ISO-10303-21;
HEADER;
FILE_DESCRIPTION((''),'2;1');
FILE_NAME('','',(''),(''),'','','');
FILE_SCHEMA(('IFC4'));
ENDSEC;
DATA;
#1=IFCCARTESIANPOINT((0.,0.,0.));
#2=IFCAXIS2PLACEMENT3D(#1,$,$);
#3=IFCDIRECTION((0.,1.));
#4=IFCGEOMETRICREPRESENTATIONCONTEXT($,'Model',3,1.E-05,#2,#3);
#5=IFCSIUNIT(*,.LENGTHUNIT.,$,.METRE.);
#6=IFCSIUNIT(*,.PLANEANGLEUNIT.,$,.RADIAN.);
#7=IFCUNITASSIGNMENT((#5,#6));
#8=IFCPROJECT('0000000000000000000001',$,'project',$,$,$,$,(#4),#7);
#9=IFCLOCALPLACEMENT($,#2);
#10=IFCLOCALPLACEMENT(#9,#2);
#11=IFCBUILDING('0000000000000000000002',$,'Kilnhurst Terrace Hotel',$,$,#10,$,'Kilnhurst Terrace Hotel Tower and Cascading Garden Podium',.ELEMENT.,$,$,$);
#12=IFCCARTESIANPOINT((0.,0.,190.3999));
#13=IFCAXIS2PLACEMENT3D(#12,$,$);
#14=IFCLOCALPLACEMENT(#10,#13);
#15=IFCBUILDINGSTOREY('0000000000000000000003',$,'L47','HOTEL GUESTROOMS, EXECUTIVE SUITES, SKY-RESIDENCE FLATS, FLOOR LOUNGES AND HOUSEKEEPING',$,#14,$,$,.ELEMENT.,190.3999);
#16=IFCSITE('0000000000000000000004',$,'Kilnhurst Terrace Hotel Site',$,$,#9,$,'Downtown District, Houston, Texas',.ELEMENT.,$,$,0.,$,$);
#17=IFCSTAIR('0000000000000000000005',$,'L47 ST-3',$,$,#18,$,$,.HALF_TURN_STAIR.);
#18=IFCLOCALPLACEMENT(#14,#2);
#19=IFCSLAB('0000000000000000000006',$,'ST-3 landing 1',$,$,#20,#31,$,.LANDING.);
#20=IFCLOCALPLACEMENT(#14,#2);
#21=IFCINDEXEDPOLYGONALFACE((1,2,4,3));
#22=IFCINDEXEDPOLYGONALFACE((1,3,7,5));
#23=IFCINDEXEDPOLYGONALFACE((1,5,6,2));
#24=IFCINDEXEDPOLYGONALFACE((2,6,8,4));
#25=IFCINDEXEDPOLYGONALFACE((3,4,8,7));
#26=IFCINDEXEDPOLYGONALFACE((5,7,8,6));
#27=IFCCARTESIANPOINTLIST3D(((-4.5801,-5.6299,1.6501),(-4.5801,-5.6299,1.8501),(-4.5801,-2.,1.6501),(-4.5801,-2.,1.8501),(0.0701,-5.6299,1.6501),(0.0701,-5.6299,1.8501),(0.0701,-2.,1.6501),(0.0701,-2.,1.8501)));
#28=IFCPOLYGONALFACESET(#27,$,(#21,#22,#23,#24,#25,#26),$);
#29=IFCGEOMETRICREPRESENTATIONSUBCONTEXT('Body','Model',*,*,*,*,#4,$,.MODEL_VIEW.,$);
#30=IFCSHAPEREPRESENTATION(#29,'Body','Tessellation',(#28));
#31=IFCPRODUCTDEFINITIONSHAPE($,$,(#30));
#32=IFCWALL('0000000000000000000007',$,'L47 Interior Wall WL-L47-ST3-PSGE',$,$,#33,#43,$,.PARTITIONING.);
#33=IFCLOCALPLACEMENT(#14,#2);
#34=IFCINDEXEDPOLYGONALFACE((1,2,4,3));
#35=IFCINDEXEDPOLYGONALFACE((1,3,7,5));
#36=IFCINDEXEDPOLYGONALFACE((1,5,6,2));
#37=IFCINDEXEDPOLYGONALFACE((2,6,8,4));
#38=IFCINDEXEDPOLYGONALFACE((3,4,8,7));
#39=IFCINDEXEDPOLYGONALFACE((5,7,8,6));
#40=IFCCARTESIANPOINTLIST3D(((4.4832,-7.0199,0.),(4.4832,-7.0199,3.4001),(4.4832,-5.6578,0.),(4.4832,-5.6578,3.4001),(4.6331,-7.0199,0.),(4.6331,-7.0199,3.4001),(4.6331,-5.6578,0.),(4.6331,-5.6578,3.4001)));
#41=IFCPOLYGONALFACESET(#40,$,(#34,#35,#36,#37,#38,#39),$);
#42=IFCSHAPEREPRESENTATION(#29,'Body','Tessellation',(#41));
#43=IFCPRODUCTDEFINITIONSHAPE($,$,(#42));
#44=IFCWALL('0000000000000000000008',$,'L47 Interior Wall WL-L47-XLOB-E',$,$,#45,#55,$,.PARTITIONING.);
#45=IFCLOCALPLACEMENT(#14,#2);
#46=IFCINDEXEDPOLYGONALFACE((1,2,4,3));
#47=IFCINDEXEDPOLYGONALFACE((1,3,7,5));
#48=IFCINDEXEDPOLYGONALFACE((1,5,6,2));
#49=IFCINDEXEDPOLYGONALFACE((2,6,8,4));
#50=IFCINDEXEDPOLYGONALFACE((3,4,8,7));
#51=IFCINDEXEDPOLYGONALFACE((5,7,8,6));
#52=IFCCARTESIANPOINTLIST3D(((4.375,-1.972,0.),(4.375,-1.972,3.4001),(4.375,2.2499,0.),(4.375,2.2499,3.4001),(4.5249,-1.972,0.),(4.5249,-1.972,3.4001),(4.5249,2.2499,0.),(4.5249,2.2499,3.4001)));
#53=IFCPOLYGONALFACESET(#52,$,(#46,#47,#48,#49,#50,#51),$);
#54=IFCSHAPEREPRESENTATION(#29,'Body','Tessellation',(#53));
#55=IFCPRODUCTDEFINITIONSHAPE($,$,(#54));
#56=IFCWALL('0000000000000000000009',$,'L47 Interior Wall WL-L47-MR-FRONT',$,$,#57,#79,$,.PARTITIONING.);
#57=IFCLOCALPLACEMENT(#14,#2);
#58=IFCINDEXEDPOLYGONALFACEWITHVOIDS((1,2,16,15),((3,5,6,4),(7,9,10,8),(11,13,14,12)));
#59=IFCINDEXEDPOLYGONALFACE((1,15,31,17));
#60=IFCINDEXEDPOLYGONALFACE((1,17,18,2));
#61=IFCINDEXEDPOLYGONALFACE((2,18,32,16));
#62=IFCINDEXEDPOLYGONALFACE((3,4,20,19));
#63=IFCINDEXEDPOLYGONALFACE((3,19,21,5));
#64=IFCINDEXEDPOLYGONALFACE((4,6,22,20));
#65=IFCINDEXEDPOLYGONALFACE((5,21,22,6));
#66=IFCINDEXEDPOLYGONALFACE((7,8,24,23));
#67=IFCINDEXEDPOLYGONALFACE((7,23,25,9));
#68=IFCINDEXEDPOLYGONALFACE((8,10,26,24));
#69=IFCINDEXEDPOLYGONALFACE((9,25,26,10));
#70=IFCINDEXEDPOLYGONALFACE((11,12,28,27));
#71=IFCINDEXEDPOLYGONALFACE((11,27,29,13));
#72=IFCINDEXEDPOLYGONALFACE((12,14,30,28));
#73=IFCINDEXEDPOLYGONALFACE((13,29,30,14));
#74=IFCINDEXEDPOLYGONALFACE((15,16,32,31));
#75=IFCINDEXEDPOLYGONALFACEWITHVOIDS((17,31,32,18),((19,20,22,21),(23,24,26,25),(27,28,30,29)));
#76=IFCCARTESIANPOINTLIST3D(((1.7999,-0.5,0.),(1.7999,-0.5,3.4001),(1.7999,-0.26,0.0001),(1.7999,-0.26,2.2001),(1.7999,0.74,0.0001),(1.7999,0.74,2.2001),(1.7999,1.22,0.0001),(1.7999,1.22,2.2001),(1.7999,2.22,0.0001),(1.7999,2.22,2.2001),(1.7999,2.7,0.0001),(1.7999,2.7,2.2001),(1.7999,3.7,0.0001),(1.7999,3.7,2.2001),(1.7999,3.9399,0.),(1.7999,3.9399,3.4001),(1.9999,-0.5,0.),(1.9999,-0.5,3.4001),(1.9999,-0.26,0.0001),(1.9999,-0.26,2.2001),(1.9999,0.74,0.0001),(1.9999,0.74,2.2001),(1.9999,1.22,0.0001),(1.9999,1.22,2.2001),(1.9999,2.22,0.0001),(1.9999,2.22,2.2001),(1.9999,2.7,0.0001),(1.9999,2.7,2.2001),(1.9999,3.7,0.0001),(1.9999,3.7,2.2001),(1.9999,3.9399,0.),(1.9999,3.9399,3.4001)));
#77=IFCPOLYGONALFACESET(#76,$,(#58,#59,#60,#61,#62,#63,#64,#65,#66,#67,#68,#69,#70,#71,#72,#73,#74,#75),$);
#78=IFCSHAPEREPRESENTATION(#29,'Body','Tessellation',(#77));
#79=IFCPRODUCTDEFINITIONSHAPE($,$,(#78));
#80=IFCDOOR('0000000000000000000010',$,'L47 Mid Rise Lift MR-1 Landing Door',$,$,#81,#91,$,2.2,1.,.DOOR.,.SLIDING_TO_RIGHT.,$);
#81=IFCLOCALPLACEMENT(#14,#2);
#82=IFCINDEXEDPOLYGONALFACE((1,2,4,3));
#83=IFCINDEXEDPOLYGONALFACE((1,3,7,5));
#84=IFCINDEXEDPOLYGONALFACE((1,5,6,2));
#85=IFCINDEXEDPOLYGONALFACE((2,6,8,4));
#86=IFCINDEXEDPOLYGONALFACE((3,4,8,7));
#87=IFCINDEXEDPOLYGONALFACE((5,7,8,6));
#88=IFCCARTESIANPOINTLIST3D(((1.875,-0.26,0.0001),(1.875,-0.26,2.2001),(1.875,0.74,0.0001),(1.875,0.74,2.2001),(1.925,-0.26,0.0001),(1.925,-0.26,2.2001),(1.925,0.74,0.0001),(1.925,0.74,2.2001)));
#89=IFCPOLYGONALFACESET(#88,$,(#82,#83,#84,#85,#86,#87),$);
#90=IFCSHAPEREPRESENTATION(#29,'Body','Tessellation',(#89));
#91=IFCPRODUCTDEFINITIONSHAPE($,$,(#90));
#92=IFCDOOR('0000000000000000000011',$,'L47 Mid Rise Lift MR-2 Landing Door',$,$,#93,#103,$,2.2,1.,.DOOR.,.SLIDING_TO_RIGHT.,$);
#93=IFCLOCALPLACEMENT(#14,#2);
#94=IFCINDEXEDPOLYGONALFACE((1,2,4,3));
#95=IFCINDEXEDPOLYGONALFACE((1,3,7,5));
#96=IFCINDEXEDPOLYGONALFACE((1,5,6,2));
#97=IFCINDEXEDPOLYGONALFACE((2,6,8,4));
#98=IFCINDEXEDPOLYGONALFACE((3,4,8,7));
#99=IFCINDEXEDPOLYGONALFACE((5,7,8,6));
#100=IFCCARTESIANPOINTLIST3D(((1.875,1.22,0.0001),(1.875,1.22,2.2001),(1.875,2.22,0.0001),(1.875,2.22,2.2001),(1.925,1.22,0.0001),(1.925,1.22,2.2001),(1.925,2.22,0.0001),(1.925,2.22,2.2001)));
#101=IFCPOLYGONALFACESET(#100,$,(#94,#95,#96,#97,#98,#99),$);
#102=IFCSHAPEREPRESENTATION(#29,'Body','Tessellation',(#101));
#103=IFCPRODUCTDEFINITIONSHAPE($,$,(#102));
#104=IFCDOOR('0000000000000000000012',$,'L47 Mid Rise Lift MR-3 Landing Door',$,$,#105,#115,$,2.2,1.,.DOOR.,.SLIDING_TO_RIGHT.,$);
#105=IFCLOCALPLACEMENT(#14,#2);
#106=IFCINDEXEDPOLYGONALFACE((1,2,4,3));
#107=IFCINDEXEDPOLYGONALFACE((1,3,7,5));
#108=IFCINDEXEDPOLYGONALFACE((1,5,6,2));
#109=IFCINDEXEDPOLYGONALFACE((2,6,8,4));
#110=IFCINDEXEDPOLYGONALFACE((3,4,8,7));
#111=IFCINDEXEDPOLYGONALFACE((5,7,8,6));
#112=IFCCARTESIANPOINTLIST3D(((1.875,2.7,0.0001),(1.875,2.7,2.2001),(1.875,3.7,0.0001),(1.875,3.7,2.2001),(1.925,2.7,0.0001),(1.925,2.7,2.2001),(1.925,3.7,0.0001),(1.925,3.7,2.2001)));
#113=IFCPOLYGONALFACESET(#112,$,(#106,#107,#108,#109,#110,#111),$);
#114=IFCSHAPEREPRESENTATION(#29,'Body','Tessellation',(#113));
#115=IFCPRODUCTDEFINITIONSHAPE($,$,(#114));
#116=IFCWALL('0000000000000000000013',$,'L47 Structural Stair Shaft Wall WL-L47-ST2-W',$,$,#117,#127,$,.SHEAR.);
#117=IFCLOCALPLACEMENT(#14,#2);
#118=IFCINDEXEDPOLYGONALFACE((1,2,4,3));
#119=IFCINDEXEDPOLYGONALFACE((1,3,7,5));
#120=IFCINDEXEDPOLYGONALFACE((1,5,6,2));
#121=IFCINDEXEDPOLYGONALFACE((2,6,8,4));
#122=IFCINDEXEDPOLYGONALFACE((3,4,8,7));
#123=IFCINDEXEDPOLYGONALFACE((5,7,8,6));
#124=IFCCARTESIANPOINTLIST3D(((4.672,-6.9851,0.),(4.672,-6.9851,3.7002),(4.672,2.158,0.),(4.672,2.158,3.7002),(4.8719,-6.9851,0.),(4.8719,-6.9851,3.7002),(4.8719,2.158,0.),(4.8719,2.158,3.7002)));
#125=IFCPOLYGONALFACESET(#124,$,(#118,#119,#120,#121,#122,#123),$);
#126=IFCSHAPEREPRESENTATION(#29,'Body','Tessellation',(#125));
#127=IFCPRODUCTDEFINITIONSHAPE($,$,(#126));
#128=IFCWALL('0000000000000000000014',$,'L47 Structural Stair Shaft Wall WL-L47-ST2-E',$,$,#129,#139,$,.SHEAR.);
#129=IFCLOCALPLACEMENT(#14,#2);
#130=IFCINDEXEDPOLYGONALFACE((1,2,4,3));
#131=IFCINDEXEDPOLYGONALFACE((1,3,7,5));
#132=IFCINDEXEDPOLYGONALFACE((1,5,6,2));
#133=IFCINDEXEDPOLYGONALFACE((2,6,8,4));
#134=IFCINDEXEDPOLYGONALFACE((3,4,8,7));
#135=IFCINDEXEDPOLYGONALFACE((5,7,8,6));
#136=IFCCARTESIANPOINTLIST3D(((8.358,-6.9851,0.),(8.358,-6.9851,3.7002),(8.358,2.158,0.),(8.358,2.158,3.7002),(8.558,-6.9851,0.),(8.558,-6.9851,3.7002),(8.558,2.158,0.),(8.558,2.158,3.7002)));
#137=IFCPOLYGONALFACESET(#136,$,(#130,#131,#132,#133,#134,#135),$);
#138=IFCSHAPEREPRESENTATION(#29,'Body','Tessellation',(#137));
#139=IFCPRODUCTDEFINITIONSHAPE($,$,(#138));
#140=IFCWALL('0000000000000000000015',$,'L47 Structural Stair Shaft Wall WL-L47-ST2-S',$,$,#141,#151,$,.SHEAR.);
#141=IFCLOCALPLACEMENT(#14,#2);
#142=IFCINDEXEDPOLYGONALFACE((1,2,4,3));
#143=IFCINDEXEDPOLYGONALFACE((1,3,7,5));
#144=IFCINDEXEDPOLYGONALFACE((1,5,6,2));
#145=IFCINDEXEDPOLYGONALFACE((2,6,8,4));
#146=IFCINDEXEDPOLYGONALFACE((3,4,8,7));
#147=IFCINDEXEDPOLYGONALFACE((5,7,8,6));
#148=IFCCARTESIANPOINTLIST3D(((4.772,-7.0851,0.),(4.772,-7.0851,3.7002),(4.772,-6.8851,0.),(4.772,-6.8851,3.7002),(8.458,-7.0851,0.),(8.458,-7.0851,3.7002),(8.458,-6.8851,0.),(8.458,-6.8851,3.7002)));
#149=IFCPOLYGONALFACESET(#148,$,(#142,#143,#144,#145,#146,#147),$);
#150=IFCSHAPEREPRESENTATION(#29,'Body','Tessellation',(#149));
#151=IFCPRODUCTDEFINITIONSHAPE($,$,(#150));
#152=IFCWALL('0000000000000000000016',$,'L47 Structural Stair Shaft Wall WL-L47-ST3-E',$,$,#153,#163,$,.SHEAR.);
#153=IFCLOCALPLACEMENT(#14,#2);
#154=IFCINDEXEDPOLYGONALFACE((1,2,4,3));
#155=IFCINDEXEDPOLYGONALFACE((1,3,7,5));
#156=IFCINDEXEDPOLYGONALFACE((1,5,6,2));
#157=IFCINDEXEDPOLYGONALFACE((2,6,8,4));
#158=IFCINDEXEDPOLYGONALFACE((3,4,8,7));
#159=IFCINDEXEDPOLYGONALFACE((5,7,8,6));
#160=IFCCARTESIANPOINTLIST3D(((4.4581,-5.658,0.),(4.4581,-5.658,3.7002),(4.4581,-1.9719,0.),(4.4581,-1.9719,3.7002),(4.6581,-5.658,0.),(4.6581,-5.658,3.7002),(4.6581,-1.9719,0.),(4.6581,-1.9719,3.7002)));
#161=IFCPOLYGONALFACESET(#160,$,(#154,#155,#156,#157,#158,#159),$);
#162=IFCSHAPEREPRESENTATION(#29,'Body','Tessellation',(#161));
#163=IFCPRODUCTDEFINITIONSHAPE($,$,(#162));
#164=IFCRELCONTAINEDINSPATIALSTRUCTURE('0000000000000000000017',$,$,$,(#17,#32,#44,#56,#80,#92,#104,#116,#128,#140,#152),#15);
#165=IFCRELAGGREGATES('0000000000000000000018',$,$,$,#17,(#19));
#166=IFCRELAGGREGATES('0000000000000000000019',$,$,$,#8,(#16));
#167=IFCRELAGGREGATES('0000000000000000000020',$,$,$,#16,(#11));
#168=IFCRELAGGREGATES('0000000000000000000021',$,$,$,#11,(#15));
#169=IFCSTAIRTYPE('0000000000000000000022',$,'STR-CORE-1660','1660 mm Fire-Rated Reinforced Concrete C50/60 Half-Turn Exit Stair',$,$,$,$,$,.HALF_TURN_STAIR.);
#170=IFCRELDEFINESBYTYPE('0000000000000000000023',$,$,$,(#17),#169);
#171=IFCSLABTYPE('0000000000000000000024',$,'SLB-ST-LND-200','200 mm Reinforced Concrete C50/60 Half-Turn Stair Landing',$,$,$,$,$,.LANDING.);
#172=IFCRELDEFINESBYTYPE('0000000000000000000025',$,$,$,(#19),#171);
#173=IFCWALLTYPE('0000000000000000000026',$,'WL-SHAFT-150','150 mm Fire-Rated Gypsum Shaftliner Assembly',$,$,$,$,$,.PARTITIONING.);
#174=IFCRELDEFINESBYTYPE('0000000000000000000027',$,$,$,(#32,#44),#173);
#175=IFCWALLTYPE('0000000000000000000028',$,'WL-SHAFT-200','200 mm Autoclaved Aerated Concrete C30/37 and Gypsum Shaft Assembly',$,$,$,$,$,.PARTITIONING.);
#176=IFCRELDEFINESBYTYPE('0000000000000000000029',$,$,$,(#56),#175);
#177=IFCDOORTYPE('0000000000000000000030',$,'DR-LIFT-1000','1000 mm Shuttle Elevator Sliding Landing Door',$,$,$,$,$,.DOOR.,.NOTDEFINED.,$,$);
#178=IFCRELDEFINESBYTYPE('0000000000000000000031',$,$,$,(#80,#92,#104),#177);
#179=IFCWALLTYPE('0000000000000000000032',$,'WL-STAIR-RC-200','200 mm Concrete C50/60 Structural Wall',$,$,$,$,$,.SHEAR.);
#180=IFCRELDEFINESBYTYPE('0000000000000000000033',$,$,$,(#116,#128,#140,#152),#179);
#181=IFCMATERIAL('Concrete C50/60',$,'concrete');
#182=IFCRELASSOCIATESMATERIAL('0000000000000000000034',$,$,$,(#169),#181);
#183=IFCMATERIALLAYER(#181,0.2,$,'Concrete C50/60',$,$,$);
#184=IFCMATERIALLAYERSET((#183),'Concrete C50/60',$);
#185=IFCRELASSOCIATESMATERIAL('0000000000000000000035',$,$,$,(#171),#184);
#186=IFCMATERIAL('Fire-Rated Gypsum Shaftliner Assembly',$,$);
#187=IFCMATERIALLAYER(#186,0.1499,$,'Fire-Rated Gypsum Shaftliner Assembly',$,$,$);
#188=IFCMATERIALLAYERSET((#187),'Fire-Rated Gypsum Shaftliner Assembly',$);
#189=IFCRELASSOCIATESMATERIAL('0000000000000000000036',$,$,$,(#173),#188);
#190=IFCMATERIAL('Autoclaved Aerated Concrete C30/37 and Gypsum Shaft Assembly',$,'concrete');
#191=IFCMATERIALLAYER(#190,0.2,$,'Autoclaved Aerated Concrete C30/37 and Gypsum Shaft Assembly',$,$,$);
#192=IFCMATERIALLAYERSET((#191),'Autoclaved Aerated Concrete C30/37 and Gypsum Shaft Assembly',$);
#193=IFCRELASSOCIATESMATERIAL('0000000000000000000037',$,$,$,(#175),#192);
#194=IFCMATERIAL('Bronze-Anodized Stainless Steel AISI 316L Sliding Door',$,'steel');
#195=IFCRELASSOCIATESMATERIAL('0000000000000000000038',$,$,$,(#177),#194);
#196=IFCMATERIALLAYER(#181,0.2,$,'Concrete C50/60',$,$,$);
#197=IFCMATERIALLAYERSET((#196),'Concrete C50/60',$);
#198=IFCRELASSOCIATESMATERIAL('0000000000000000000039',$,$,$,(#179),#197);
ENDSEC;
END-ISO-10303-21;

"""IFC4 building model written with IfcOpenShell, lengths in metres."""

from ifc_helpers import new_model, si_unit, direction, frame, frame_2d, origin, place, context, subcontext, project, spatial, polyline, rectangle, outline, extrude, material, layer, layer_set, type_object, element, fill, aggregate, save


model = new_model("IFC4")

# Units and contexts
model_context = context("Model", 3, precision=1e-05, world=origin(), true_north=direction((0.0, 1.0)))
body_context = subcontext(model_context, "Body", "Model", "MODEL_VIEW")
ifc_project = project(units=[si_unit("LENGTHUNIT", "METRE"), si_unit("PLANEANGLEUNIT", "RADIAN")], contexts=[model_context])

# Site, building, storey
site_placement = place(None, origin())
site = spatial("IfcSite", under=ifc_project, at=site_placement, Name="Kilnhurst Terrace Hotel Site", LongName="Downtown District, Houston, Texas", CompositionType="ELEMENT", RefElevation=0.0)
building_placement = place(site_placement, origin())
building = spatial("IfcBuilding", under=site, at=building_placement, Name="Kilnhurst Terrace Hotel", LongName="Kilnhurst Terrace Hotel Tower and Cascading Garden Podium", CompositionType="ELEMENT")
storey_placement = place(building_placement, frame((0.0, 0.0, 190.3999)))
storey = spatial("IfcBuildingStorey", under=building, at=storey_placement, Name="L47", Description="HOTEL GUESTROOMS, EXECUTIVE SUITES, SKY-RESIDENCE FLATS, FLOOR LOUNGES AND HOUSEKEEPING", CompositionType="ELEMENT", Elevation=190.3999)

# Stair, slab
ifc_material_1 = material(Name="Concrete C50/60", Category="concrete")
stair_type = type_object("IfcStairType", Name="STR-CORE-1660", Description="1660 mm Fire-Rated Reinforced Concrete C50/60 Half-Turn Exit Stair", PredefinedType="HALF_TURN_STAIR", material=ifc_material_1)
stair_1_placement = place(storey_placement, origin())
stair_1 = element("IfcStair", 1, at=stair_1_placement, inside=storey, type_object=stair_type, Name="L47 ST-3", PredefinedType="HALF_TURN_STAIR")
ifc_layer_1 = layer(ifc_material_1, 0.2, Name="Concrete C50/60")
ifc_layer_set_1 = layer_set([ifc_layer_1], Name="Concrete C50/60")
slab_type = type_object("IfcSlabType", Name="SLB-ST-LND-200", Description="200 mm Reinforced Concrete C50/60 Half-Turn Stair Landing", PredefinedType="LANDING", material=ifc_layer_set_1)
slab_placement = place(storey_placement, frame((0.0, 0.0, 1.6501)))
slab = element("IfcSlab", 2, at=slab_placement, type_object=slab_type, Name="ST-3 landing 1", PredefinedType="LANDING", context=body_context, shape_type="SweptSolid", body=[
    extrude(outline(polyline([(0.0701, -2.0), (0.0701, -5.6299), (-4.5801, -5.6299), (-4.5801, -2.0), (0.0701, -2.0)])), origin(), (0.0, 0.0, 1.0), 0.2),
])

# Walls
ifc_material_2 = material(Name="Fire-Rated Gypsum Shaftliner Assembly")
ifc_layer_2 = layer(ifc_material_2, 0.1499, Name="Fire-Rated Gypsum Shaftliner Assembly")
ifc_layer_set_2 = layer_set([ifc_layer_2], Name="Fire-Rated Gypsum Shaftliner Assembly")
wall_type_1 = type_object("IfcWallType", Name="WL-SHAFT-150", Description="150 mm Fire-Rated Gypsum Shaftliner Assembly", PredefinedType="PARTITIONING", material=ifc_layer_set_2)
wall_1_placement = place(storey_placement, frame((4.5581, -7.02, 0.0), z_axis=(0.0, 0.0, 1.0), x_axis=(0.0, 1.0, 0.0)))
element("IfcWall", 3, at=wall_1_placement, inside=storey, type_object=wall_type_1, Name="L47 Interior Wall WL-L47-ST3-PSGE", PredefinedType="PARTITIONING", context=body_context, shape_type="SweptSolid", body=[
    extrude(rectangle(XDim=1.3621, YDim=0.1499, at=frame_2d((0.6812, 0.0))), origin(), (0.0, 0.0, 1.0), 3.4001),
])
wall_2_placement = place(storey_placement, frame((4.45, -1.9719, 0.0), z_axis=(0.0, 0.0, 1.0), x_axis=(0.0, 1.0, 0.0)))
element("IfcWall", 4, at=wall_2_placement, inside=storey, type_object=wall_type_1, Name="L47 Interior Wall WL-L47-XLOB-E", PredefinedType="PARTITIONING", context=body_context, shape_type="SweptSolid", body=[
    extrude(rectangle(XDim=4.2219, YDim=0.1499, at=frame_2d((2.1108, 0.0))), origin(), (0.0, 0.0, 1.0), 3.4001),
])

# Wall, openings, doors
ifc_material_3 = material(Name="Autoclaved Aerated Concrete C30/37 and Gypsum Shaft Assembly", Category="concrete")
ifc_layer_3 = layer(ifc_material_3, 0.2, Name="Autoclaved Aerated Concrete C30/37 and Gypsum Shaft Assembly")
ifc_layer_set_3 = layer_set([ifc_layer_3], Name="Autoclaved Aerated Concrete C30/37 and Gypsum Shaft Assembly")
wall_type_2 = type_object("IfcWallType", Name="WL-SHAFT-200", Description="200 mm Autoclaved Aerated Concrete C30/37 and Gypsum Shaft Assembly", PredefinedType="PARTITIONING", material=ifc_layer_set_3)
wall_3_placement = place(storey_placement, frame((1.8999, -0.5, 0.0), z_axis=(0.0, 0.0, 1.0), x_axis=(0.0, 1.0, 0.0)))
wall_3 = element("IfcWall", 5, at=wall_3_placement, inside=storey, type_object=wall_type_2, Name="L47 Interior Wall WL-L47-MR-FRONT", PredefinedType="PARTITIONING", context=body_context, shape_type="SweptSolid", body=[
    extrude(rectangle(XDim=4.4399, YDim=0.2, at=frame_2d((2.22, 0.0))), origin(), (0.0, 0.0, 1.0), 3.4001),
])
opening_1_placement = place(wall_3_placement, frame((0.24, 0.0, 0.0)))
opening_1 = element("IfcOpeningElement", 6, at=opening_1_placement, cuts=wall_3, PredefinedType="OPENING", context=body_context, shape_type="SweptSolid", body=[
    extrude(rectangle(XDim=1.0, YDim=2.2, at=frame_2d((0.5, 1.1001))), frame((0.0, 0.1099, 0.0), z_axis=(0.0, -1.0, 0.0), x_axis=(1.0, 0.0, 0.0)), (0.0, 0.0, 1.0), 0.22),
])
opening_2_placement = place(wall_3_placement, frame((1.72, 0.0, 0.0)))
opening_2 = element("IfcOpeningElement", 7, at=opening_2_placement, cuts=wall_3, PredefinedType="OPENING", context=body_context, shape_type="SweptSolid", body=[
    extrude(rectangle(XDim=1.0, YDim=2.2, at=frame_2d((0.5, 1.1001))), frame((0.0, 0.1099, 0.0), z_axis=(0.0, -1.0, 0.0), x_axis=(1.0, 0.0, 0.0)), (0.0, 0.0, 1.0), 0.22),
])
opening_3_placement = place(wall_3_placement, frame((3.2, 0.0, 0.0)))
opening_3 = element("IfcOpeningElement", 8, at=opening_3_placement, cuts=wall_3, PredefinedType="OPENING", context=body_context, shape_type="SweptSolid", body=[
    extrude(rectangle(XDim=1.0, YDim=2.2, at=frame_2d((0.5, 1.1001))), frame((0.0, 0.1099, 0.0), z_axis=(0.0, -1.0, 0.0), x_axis=(1.0, 0.0, 0.0)), (0.0, 0.0, 1.0), 0.22),
])
ifc_material_4 = material(Name="Bronze-Anodized Stainless Steel AISI 316L Sliding Door", Category="steel")
door_type = type_object("IfcDoorType", Name="DR-LIFT-1000", Description="1000 mm Shuttle Elevator Sliding Landing Door", OperationType="NOTDEFINED", PredefinedType="DOOR", material=ifc_material_4)
door_1_placement = place(opening_1_placement, origin())
door_1 = element("IfcDoor", 9, at=door_1_placement, inside=storey, type_object=door_type, Name="L47 Mid Rise Lift MR-1 Landing Door", OperationType="SLIDING_TO_RIGHT", OverallHeight=2.2, OverallWidth=1.0, PredefinedType="DOOR", context=body_context, shape_type="SweptSolid", body=[
    extrude(rectangle(XDim=1.0, YDim=2.2, at=frame_2d((0.5, 1.1001))), frame((0.0, 0.0249, 0.0), z_axis=(0.0, -1.0, 0.0), x_axis=(1.0, 0.0, 0.0)), (0.0, 0.0, 1.0), 0.05),
])
fill(opening_1, door_1)
door_2_placement = place(opening_2_placement, origin())
door_2 = element("IfcDoor", 10, at=door_2_placement, inside=storey, type_object=door_type, Name="L47 Mid Rise Lift MR-2 Landing Door", OperationType="SLIDING_TO_RIGHT", OverallHeight=2.2, OverallWidth=1.0, PredefinedType="DOOR", context=body_context, shape_type="SweptSolid", body=[
    extrude(rectangle(XDim=1.0, YDim=2.2, at=frame_2d((0.5, 1.1001))), frame((0.0, 0.0249, 0.0), z_axis=(0.0, -1.0, 0.0), x_axis=(1.0, 0.0, 0.0)), (0.0, 0.0, 1.0), 0.05),
])
fill(opening_2, door_2)
door_3_placement = place(opening_3_placement, origin())
door_3 = element("IfcDoor", 11, at=door_3_placement, inside=storey, type_object=door_type, Name="L47 Mid Rise Lift MR-3 Landing Door", OperationType="SLIDING_TO_RIGHT", OverallHeight=2.2, OverallWidth=1.0, PredefinedType="DOOR", context=body_context, shape_type="SweptSolid", body=[
    extrude(rectangle(XDim=1.0, YDim=2.2, at=frame_2d((0.5, 1.1001))), frame((0.0, 0.0249, 0.0), z_axis=(0.0, -1.0, 0.0), x_axis=(1.0, 0.0, 0.0)), (0.0, 0.0, 1.0), 0.05),
])
fill(opening_3, door_3)

# Walls
ifc_layer_4 = layer(ifc_material_1, 0.2, Name="Concrete C50/60")
ifc_layer_set_4 = layer_set([ifc_layer_4], Name="Concrete C50/60")
wall_type_3 = type_object("IfcWallType", Name="WL-STAIR-RC-200", Description="200 mm Concrete C50/60 Structural Wall", PredefinedType="SHEAR", material=ifc_layer_set_4)
for number, where, z_axis, x_axis, name in (
    (12, (4.772, -6.9851, 0.0), (0.0, 0.0, 1.0), (0.0, 1.0, 0.0), "L47 Structural Stair Shaft Wall WL-L47-ST2-W"),
    (13, (8.458, -6.9851, 0.0), (0.0, 0.0, 1.0), (0.0, 1.0, 0.0), "L47 Structural Stair Shaft Wall WL-L47-ST2-E"),
):
    element("IfcWall", number, at=place(storey_placement, frame(where, z_axis=z_axis, x_axis=x_axis)), inside=storey, type_object=wall_type_3, Name=name, PredefinedType="SHEAR", context=body_context, shape_type="SweptSolid", body=[
        extrude(rectangle(XDim=9.1431, YDim=0.2, at=frame_2d((4.5715, 0.0))), origin(), (0.0, 0.0, 1.0), 3.7002),
    ])
for number, where, z_axis, x_axis, name in (
    (14, (4.772, -6.9851, 0.0), (0.0, 0.0, 1.0), (1.0, 0.0, 0.0), "L47 Structural Stair Shaft Wall WL-L47-ST2-S"),
    (15, (4.5581, -5.658, 0.0), (0.0, 0.0, 1.0), (0.0, 1.0, 0.0), "L47 Structural Stair Shaft Wall WL-L47-ST3-E"),
):
    element("IfcWall", number, at=place(storey_placement, frame(where, z_axis=z_axis, x_axis=x_axis)), inside=storey, type_object=wall_type_3, Name=name, PredefinedType="SHEAR", context=body_context, shape_type="SweptSolid", body=[
        extrude(rectangle(XDim=3.686, YDim=0.2, at=frame_2d((1.843, 0.0))), origin(), (0.0, 0.0, 1.0), 3.7002),
    ])

aggregate(stair_1, [slab])

save(model, "model.ifc")
